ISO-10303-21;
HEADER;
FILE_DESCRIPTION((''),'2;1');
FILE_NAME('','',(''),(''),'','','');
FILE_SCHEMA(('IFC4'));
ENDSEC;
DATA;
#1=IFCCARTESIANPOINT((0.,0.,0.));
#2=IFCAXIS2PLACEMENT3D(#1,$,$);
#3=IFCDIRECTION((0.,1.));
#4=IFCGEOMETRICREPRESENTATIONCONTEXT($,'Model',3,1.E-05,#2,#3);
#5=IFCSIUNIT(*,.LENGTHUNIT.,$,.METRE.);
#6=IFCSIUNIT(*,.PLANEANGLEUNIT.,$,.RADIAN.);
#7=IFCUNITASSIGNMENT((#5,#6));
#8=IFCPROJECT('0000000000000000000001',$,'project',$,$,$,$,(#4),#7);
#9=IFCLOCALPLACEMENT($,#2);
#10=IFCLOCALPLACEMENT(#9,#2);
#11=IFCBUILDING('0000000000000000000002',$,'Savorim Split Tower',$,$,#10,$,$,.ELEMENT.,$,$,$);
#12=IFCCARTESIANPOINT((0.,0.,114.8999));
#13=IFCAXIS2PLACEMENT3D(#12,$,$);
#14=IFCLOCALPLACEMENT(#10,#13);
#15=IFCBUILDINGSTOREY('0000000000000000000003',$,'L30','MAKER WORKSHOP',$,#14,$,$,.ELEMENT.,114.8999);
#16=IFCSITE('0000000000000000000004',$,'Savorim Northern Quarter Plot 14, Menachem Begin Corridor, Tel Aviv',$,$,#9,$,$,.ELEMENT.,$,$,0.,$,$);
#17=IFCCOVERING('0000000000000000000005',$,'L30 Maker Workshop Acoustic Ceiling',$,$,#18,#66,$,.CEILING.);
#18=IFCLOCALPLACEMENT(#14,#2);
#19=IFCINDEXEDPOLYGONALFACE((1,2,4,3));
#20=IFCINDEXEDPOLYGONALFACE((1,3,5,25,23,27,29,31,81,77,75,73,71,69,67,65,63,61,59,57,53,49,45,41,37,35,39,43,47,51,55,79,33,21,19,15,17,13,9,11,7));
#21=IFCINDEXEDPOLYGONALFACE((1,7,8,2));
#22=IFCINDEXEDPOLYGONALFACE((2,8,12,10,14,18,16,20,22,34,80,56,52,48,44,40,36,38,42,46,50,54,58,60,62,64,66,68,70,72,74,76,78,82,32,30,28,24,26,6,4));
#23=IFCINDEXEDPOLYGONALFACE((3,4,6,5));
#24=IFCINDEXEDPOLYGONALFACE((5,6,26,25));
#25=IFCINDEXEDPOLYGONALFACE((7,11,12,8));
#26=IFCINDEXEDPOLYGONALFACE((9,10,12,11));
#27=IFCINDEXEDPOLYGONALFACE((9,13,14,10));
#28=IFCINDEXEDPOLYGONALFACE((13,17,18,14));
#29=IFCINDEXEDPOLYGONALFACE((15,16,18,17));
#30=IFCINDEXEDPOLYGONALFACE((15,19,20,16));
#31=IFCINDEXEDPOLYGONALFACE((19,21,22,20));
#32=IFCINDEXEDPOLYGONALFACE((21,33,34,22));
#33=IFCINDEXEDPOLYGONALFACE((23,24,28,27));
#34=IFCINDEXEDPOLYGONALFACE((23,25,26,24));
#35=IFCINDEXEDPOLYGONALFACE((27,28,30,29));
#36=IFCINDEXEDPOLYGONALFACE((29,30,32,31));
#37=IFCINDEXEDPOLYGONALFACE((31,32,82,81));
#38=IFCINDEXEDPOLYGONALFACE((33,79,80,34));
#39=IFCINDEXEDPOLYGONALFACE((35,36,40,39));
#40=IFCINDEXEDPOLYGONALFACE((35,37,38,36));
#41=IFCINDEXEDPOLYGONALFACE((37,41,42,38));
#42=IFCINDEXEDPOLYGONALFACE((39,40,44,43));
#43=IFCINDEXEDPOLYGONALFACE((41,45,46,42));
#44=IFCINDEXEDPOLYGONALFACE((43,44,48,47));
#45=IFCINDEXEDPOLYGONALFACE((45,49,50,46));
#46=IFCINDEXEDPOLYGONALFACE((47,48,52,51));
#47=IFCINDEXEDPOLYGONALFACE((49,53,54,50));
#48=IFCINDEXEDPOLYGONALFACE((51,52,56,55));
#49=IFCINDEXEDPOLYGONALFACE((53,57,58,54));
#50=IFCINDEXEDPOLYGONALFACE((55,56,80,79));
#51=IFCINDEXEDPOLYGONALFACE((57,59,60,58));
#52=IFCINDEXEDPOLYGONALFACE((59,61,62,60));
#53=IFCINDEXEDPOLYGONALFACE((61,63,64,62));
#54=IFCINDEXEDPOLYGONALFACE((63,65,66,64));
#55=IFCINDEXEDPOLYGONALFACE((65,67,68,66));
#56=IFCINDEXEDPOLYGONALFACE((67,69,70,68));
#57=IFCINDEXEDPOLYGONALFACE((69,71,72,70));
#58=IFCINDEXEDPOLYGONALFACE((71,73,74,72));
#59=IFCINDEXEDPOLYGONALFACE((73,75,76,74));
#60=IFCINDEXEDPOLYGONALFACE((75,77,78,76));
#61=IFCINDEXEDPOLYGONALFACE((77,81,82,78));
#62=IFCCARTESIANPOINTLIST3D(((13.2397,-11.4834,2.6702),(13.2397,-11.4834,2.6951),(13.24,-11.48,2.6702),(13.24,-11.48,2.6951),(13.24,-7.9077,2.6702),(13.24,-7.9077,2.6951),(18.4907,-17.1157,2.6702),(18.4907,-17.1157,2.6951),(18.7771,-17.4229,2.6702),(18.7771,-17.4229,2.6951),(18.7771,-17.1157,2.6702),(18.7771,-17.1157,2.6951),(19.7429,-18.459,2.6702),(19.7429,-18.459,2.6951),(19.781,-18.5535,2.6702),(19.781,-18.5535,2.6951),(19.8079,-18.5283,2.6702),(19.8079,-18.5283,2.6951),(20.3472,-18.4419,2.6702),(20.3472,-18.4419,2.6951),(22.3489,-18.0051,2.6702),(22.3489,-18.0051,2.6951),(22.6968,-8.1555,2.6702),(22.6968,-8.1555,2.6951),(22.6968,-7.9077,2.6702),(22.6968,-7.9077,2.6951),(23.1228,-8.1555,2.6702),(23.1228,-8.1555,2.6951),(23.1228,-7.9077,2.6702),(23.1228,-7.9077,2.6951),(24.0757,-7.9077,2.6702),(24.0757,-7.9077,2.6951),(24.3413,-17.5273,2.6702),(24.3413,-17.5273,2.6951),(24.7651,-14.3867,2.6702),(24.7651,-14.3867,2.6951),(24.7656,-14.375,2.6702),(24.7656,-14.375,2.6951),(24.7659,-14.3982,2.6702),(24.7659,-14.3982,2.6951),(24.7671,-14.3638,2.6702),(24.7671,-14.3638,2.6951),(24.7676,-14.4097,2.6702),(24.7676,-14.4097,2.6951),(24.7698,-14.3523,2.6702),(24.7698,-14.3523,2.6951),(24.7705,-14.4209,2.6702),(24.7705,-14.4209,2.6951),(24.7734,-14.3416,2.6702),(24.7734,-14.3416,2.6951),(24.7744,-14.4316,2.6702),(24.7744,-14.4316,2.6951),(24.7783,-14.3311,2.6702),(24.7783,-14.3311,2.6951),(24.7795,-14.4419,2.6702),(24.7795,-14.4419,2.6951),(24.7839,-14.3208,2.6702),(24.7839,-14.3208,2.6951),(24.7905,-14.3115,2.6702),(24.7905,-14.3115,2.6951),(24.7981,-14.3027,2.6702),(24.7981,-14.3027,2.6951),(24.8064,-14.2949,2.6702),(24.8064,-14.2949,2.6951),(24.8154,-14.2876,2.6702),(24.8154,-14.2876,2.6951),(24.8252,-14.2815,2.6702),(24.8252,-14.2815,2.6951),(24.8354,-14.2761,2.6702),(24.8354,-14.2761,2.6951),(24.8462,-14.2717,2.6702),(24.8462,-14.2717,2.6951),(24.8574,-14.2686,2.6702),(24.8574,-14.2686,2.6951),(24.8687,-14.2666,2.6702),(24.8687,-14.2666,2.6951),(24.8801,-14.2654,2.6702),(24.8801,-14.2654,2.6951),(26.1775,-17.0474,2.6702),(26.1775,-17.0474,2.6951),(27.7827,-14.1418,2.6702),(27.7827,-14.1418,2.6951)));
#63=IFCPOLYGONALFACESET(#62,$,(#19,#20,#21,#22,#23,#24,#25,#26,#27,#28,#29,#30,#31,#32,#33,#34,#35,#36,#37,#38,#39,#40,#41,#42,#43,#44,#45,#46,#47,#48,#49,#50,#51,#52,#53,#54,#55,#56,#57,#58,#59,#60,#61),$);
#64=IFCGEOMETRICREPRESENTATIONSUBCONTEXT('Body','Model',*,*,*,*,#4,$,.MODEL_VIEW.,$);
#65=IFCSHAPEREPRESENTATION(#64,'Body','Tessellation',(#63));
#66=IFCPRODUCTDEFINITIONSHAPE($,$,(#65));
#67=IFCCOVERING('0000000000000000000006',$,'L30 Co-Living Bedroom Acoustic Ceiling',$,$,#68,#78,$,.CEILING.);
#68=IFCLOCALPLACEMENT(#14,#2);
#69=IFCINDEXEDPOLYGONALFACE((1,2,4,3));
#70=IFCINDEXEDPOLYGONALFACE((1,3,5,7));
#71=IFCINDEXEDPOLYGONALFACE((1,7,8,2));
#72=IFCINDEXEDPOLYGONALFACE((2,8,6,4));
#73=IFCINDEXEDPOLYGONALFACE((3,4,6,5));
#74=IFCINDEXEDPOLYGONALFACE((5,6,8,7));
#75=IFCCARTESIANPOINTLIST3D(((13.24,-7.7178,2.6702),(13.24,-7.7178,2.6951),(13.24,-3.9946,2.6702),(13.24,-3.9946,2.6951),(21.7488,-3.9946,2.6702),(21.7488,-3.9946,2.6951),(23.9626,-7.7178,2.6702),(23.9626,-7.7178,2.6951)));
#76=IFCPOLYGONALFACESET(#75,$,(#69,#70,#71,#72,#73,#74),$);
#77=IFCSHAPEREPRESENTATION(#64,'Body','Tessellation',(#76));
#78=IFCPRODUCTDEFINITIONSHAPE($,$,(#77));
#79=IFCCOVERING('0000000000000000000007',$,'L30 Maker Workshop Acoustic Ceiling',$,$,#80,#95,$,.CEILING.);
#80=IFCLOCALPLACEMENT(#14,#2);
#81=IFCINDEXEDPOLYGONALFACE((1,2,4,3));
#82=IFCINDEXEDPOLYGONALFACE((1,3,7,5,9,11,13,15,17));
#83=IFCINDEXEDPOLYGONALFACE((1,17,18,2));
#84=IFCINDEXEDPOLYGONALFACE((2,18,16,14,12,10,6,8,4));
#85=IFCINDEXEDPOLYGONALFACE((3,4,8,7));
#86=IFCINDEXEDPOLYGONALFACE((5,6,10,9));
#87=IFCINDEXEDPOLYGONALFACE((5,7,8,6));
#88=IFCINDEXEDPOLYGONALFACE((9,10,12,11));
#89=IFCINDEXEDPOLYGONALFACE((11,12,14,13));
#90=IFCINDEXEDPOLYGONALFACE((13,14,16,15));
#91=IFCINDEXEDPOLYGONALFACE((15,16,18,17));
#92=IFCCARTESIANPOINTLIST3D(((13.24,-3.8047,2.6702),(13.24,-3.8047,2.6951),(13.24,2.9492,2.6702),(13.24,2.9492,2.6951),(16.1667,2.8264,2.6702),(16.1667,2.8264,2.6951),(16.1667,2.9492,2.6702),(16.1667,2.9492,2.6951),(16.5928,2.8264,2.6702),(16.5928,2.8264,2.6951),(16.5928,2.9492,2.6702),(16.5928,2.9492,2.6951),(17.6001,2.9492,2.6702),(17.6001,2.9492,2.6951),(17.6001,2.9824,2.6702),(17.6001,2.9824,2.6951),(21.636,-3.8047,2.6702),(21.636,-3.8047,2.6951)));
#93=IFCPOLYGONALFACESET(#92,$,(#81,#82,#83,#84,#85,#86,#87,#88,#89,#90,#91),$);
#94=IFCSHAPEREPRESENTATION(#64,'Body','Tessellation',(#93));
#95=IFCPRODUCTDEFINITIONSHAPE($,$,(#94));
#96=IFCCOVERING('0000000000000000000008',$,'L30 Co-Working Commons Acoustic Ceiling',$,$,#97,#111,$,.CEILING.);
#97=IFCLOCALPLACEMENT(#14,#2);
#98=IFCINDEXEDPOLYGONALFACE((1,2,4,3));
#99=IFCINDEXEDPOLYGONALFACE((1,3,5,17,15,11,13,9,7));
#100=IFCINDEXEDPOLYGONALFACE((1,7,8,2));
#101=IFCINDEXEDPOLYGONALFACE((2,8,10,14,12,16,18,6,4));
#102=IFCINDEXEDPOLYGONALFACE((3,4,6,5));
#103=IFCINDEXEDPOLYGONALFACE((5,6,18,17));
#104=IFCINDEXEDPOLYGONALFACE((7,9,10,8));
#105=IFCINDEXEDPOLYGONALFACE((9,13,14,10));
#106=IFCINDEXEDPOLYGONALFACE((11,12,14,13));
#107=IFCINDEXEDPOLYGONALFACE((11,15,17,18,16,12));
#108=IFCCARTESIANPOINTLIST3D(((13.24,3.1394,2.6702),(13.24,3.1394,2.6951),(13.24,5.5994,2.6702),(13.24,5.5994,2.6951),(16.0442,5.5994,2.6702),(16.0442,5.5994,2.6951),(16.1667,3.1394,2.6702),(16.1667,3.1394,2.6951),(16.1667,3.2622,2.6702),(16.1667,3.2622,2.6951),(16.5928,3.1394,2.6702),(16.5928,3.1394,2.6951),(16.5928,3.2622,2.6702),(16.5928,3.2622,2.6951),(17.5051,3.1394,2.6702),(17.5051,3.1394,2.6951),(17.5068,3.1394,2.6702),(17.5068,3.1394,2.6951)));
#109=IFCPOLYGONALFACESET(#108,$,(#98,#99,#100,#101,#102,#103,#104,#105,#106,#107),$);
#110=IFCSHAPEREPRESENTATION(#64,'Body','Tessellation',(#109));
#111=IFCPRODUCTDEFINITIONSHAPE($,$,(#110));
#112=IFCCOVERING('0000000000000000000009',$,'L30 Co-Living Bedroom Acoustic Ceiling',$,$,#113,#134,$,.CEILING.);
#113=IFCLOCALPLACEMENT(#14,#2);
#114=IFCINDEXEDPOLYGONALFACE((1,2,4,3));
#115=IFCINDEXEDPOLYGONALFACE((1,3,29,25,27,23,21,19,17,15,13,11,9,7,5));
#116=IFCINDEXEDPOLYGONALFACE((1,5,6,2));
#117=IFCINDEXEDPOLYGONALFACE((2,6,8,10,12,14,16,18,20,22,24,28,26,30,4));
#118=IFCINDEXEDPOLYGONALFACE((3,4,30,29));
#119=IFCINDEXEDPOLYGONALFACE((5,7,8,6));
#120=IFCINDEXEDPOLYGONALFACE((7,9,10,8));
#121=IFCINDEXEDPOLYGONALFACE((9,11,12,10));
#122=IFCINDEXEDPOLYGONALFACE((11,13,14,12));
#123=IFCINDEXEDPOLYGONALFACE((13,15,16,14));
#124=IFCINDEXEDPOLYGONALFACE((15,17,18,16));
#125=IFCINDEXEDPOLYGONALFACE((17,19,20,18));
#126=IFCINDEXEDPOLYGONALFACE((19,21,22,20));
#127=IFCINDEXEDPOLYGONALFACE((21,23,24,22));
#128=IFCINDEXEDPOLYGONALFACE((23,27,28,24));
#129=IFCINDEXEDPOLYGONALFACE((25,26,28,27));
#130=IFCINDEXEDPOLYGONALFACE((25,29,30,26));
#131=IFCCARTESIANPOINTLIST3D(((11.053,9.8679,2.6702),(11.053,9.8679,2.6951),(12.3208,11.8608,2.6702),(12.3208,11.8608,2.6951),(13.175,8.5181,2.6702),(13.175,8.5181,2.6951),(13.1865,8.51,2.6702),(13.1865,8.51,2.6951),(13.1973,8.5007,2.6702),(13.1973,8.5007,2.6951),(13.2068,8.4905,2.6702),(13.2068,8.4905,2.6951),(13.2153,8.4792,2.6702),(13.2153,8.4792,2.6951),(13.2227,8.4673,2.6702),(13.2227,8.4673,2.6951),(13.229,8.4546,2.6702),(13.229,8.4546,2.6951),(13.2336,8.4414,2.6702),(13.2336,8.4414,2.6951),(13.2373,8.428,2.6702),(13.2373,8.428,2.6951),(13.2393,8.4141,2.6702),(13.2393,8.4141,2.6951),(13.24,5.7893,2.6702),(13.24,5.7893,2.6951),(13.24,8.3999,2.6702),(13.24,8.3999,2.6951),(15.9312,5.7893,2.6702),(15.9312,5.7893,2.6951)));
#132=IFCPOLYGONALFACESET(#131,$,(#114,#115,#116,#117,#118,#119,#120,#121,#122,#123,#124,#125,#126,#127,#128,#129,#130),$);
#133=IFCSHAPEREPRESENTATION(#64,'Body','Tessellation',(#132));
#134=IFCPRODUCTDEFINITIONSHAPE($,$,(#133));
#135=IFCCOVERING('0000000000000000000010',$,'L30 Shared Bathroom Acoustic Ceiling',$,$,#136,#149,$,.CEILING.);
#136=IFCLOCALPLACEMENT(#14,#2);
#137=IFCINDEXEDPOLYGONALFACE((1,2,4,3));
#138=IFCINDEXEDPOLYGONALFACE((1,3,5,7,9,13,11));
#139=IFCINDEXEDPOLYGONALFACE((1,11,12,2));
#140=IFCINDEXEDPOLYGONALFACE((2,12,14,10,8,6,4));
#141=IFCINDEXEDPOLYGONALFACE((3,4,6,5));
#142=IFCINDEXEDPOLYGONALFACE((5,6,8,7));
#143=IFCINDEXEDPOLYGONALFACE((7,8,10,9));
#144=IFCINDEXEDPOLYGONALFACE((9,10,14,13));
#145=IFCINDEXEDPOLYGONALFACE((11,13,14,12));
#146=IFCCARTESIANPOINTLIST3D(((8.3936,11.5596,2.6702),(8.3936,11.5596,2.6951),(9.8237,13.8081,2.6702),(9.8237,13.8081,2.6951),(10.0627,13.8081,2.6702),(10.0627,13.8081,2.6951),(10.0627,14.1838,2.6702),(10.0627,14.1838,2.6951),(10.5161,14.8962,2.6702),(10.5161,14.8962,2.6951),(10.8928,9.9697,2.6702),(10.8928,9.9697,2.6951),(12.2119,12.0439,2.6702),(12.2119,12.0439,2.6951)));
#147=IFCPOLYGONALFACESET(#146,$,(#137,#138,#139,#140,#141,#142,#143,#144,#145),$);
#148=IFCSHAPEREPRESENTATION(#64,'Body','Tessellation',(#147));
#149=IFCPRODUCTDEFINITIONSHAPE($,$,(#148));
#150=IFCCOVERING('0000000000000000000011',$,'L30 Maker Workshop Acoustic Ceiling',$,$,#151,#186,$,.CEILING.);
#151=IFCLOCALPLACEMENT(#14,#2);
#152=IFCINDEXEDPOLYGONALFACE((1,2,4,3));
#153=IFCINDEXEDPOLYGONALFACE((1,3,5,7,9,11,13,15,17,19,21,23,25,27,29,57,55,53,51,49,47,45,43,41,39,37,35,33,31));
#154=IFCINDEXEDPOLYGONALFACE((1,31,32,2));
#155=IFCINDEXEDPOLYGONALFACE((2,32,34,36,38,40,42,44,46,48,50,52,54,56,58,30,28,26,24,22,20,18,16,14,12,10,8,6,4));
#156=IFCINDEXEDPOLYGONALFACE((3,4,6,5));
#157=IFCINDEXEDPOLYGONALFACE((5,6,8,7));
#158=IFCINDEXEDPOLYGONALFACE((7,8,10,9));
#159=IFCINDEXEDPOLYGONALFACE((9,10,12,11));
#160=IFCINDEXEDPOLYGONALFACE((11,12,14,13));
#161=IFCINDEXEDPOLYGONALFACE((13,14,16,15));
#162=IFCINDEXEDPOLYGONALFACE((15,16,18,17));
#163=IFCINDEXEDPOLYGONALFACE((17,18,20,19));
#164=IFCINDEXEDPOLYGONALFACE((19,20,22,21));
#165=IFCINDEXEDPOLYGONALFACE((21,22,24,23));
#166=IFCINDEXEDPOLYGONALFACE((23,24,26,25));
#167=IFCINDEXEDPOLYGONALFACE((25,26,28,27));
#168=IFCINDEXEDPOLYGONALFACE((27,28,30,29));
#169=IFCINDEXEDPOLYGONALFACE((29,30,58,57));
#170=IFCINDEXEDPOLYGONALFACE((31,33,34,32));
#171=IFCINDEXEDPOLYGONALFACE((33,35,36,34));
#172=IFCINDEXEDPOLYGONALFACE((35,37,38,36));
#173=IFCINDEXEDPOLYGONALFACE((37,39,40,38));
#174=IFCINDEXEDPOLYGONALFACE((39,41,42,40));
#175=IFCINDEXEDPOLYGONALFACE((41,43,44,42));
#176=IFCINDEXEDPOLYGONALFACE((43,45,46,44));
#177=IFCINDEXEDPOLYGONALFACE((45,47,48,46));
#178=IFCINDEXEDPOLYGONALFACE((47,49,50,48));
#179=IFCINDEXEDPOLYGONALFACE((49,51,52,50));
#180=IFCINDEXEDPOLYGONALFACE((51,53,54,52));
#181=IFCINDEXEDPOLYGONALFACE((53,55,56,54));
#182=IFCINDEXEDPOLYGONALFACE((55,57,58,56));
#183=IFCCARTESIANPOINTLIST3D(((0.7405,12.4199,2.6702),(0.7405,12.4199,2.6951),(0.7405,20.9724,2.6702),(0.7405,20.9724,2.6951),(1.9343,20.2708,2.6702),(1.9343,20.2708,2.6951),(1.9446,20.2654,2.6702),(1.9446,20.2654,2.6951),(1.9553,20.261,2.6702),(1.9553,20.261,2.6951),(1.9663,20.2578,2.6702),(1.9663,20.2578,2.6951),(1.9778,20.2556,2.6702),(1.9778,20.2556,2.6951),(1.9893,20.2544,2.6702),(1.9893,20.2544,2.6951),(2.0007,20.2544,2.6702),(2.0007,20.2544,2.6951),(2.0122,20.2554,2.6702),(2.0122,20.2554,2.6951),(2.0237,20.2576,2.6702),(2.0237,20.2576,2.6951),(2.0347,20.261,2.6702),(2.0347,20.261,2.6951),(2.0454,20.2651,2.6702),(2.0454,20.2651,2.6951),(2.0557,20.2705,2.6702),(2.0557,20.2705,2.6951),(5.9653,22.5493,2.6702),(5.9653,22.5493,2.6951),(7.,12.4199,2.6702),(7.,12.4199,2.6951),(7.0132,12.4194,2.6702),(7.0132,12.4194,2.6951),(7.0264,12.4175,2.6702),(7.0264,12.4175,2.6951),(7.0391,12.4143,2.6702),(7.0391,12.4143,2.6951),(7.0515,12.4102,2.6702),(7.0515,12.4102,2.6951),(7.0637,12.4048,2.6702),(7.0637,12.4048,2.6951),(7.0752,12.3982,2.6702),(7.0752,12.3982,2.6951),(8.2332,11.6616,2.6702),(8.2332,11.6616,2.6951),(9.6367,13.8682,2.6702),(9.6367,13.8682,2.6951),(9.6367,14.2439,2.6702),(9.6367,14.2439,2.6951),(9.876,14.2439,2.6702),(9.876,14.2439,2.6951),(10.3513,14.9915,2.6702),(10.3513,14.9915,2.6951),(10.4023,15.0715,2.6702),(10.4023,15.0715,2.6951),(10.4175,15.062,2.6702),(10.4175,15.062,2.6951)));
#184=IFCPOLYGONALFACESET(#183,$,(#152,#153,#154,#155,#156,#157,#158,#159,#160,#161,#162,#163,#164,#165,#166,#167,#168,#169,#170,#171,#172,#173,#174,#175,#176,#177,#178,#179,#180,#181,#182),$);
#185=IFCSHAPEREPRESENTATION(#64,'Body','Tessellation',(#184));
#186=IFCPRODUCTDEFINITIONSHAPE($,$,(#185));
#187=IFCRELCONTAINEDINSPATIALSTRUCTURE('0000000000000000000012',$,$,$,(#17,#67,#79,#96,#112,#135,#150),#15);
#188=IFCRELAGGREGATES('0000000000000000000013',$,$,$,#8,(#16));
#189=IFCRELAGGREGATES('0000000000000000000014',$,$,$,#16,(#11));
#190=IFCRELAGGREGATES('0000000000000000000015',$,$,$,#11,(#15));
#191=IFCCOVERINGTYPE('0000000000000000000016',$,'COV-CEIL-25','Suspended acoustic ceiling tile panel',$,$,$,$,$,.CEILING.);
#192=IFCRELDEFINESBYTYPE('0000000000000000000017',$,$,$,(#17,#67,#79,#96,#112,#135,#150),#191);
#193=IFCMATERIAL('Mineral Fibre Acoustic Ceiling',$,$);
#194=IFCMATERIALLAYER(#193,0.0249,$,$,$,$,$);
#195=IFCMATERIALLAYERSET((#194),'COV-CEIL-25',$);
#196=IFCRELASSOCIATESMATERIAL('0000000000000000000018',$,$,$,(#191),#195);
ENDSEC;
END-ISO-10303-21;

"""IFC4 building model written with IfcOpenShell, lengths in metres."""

from ifc_helpers import new_model, si_unit, direction, frame, origin, place, context, subcontext, project, spatial, polyline, outline, extrude, material, layer, layer_set, type_object, element, save


model = new_model("IFC4")

# Units and contexts
model_context = context("Model", 3, precision=1e-05, world=origin(), true_north=direction((0.0, 1.0)))
body_context = subcontext(model_context, "Body", "Model", "MODEL_VIEW")
ifc_project = project(units=[si_unit("LENGTHUNIT", "METRE"), si_unit("PLANEANGLEUNIT", "RADIAN")], contexts=[model_context])

# Site, building, storey
site_placement = place(None, origin())
site = spatial("IfcSite", under=ifc_project, at=site_placement, Name="Savorim Northern Quarter Plot 14, Menachem Begin Corridor, Tel Aviv", CompositionType="ELEMENT", RefElevation=0.0)
building_placement = place(site_placement, origin())
building = spatial("IfcBuilding", under=site, at=building_placement, Name="Savorim Split Tower", CompositionType="ELEMENT")
storey_placement = place(building_placement, frame((0.0, 0.0, 114.8999)))
storey = spatial("IfcBuildingStorey", under=building, at=storey_placement, Name="L30", Description="MAKER WORKSHOP", CompositionType="ELEMENT", Elevation=114.8999)

# Coverings
ifc_material_1 = material(Name="Mineral Fibre Acoustic Ceiling")
ifc_layer_1 = layer(ifc_material_1, 0.0249)
ifc_layer_set_1 = layer_set([ifc_layer_1], Name="COV-CEIL-25")
covering_type_1 = type_object("IfcCoveringType", Name="COV-CEIL-25", Description="Suspended acoustic ceiling tile panel", PredefinedType="CEILING", material=ifc_layer_set_1)
covering_1_placement = place(storey_placement, frame((0.0, 0.0, 2.6702)))
element("IfcCovering", 1, at=covering_1_placement, inside=storey, type_object=covering_type_1, Name="L30 Maker Workshop Acoustic Ceiling", PredefinedType="CEILING", context=body_context, shape_type="SweptSolid", body=[
    extrude(outline(polyline([(24.8574, -14.2686), (24.8687, -14.2666), (24.8801, -14.2654), (27.7827, -14.1418), (24.0757, -7.9077), (23.1228, -7.9077), (23.1228, -8.1555), (22.6968, -8.1555), (22.6968, -7.9077), (13.24, -7.9077), (13.24, -11.48), (13.2397, -11.4834), (18.4907, -17.1157), (18.7771, -17.1157), (18.7771, -17.4229), (19.7429, -18.459), (19.8079, -18.5283), (19.781, -18.5535), (20.3472, -18.4419), (22.3489, -18.0051), (24.3413, -17.5273), (26.1775, -17.0474), (24.7795, -14.4419), (24.7744, -14.4316), (24.7705, -14.4209), (24.7676, -14.4097), (24.7659, -14.3982), (24.7651, -14.3867), (24.7656, -14.375), (24.7671, -14.3638), (24.7698, -14.3523), (24.7734, -14.3416), (24.7783, -14.3311), (24.7839, -14.3208), (24.7905, -14.3115), (24.7981, -14.3027), (24.8064, -14.2949), (24.8154, -14.2876), (24.8252, -14.2815), (24.8354, -14.2761), (24.8462, -14.2717), (24.8574, -14.2686)])), origin(), (0.0, 0.0, 1.0), 0.0249),
])
covering_2_placement = place(storey_placement, frame((0.0, 0.0, 2.6702)))
element("IfcCovering", 2, at=covering_2_placement, inside=storey, type_object=covering_type_1, Name="L30 Co-Living Bedroom Acoustic Ceiling", PredefinedType="CEILING", context=body_context, shape_type="SweptSolid", body=[
    extrude(outline(polyline([(23.9626, -7.7178), (21.7488, -3.9946), (13.24, -3.9946), (13.24, -7.7178), (23.9626, -7.7178)])), origin(), (0.0, 0.0, 1.0), 0.0249),
])
covering_3_placement = place(storey_placement, frame((0.0, 0.0, 2.6702)))
element("IfcCovering", 3, at=covering_3_placement, inside=storey, type_object=covering_type_1, Name="L30 Maker Workshop Acoustic Ceiling", PredefinedType="CEILING", context=body_context, shape_type="SweptSolid", body=[
    extrude(outline(polyline([(16.1667, 2.8264), (16.1667, 2.9492), (13.24, 2.9492), (13.24, -3.8047), (21.636, -3.8047), (17.6001, 2.9824), (17.6001, 2.9492), (16.5928, 2.9492), (16.5928, 2.8264), (16.1667, 2.8264)])), origin(), (0.0, 0.0, 1.0), 0.0249),
])
covering_4_placement = place(storey_placement, frame((0.0, 0.0, 2.6702)))
element("IfcCovering", 4, at=covering_4_placement, inside=storey, type_object=covering_type_1, Name="L30 Co-Working Commons Acoustic Ceiling", PredefinedType="CEILING", context=body_context, shape_type="SweptSolid", body=[
    extrude(outline(polyline([(16.5928, 3.2622), (16.5928, 3.1394), (17.5051, 3.1394), (17.5068, 3.1394), (16.0442, 5.5994), (13.24, 5.5994), (13.24, 3.1394), (16.1667, 3.1394), (16.1667, 3.2622), (16.5928, 3.2622)])), origin(), (0.0, 0.0, 1.0), 0.0249),
])
covering_5_placement = place(storey_placement, frame((0.0, 0.0, 2.6702)))
element("IfcCovering", 5, at=covering_5_placement, inside=storey, type_object=covering_type_1, Name="L30 Co-Living Bedroom Acoustic Ceiling", PredefinedType="CEILING", context=body_context, shape_type="SweptSolid", body=[
    extrude(outline(polyline([(13.2373, 8.428), (13.2393, 8.4141), (13.24, 8.3999), (13.24, 5.7893), (15.9312, 5.7893), (12.3208, 11.8608), (11.053, 9.8679), (13.175, 8.5181), (13.1865, 8.51), (13.1973, 8.5007), (13.2068, 8.4905), (13.2153, 8.4792), (13.2227, 8.4673), (13.229, 8.4546), (13.2336, 8.4414), (13.2373, 8.428)])), origin(), (0.0, 0.0, 1.0), 0.0249),
])
covering_6_placement = place(storey_placement, frame((0.0, 0.0, 2.6702)))
element("IfcCovering", 6, at=covering_6_placement, inside=storey, type_object=covering_type_1, Name="L30 Shared Bathroom Acoustic Ceiling", PredefinedType="CEILING", context=body_context, shape_type="SweptSolid", body=[
    extrude(outline(polyline([(10.0627, 13.8081), (9.8237, 13.8081), (8.3936, 11.5596), (10.8928, 9.9697), (12.2119, 12.0439), (10.5161, 14.8962), (10.0627, 14.1838), (10.0627, 13.8081)])), origin(), (0.0, 0.0, 1.0), 0.0249),
])
covering_7_placement = place(storey_placement, frame((0.0, 0.0, 2.6702)))
element("IfcCovering", 7, at=covering_7_placement, inside=storey, type_object=covering_type_1, Name="L30 Maker Workshop Acoustic Ceiling", PredefinedType="CEILING", context=body_context, shape_type="SweptSolid", body=[
    extrude(outline(polyline([(1.9553, 20.261), (1.9446, 20.2654), (1.9343, 20.2708), (0.7405, 20.9724), (0.7405, 12.4199), (7.0, 12.4199), (7.0132, 12.4194), (7.0264, 12.4175), (7.0391, 12.4143), (7.0515, 12.4102), (7.0637, 12.4048), (7.0752, 12.3982), (8.2332, 11.6616), (9.6367, 13.8682), (9.6367, 14.2439), (9.876, 14.2439), (10.3513, 14.9915), (10.4023, 15.0715), (10.4175, 15.062), (5.9653, 22.5493), (2.0557, 20.2705), (2.0454, 20.2651), (2.0347, 20.261), (2.0237, 20.2576), (2.0122, 20.2554), (2.0007, 20.2544), (1.9893, 20.2544), (1.9778, 20.2556), (1.9663, 20.2578), (1.9553, 20.261)])), origin(), (0.0, 0.0, 1.0), 0.0249),
])

save(model, "model.ifc")
